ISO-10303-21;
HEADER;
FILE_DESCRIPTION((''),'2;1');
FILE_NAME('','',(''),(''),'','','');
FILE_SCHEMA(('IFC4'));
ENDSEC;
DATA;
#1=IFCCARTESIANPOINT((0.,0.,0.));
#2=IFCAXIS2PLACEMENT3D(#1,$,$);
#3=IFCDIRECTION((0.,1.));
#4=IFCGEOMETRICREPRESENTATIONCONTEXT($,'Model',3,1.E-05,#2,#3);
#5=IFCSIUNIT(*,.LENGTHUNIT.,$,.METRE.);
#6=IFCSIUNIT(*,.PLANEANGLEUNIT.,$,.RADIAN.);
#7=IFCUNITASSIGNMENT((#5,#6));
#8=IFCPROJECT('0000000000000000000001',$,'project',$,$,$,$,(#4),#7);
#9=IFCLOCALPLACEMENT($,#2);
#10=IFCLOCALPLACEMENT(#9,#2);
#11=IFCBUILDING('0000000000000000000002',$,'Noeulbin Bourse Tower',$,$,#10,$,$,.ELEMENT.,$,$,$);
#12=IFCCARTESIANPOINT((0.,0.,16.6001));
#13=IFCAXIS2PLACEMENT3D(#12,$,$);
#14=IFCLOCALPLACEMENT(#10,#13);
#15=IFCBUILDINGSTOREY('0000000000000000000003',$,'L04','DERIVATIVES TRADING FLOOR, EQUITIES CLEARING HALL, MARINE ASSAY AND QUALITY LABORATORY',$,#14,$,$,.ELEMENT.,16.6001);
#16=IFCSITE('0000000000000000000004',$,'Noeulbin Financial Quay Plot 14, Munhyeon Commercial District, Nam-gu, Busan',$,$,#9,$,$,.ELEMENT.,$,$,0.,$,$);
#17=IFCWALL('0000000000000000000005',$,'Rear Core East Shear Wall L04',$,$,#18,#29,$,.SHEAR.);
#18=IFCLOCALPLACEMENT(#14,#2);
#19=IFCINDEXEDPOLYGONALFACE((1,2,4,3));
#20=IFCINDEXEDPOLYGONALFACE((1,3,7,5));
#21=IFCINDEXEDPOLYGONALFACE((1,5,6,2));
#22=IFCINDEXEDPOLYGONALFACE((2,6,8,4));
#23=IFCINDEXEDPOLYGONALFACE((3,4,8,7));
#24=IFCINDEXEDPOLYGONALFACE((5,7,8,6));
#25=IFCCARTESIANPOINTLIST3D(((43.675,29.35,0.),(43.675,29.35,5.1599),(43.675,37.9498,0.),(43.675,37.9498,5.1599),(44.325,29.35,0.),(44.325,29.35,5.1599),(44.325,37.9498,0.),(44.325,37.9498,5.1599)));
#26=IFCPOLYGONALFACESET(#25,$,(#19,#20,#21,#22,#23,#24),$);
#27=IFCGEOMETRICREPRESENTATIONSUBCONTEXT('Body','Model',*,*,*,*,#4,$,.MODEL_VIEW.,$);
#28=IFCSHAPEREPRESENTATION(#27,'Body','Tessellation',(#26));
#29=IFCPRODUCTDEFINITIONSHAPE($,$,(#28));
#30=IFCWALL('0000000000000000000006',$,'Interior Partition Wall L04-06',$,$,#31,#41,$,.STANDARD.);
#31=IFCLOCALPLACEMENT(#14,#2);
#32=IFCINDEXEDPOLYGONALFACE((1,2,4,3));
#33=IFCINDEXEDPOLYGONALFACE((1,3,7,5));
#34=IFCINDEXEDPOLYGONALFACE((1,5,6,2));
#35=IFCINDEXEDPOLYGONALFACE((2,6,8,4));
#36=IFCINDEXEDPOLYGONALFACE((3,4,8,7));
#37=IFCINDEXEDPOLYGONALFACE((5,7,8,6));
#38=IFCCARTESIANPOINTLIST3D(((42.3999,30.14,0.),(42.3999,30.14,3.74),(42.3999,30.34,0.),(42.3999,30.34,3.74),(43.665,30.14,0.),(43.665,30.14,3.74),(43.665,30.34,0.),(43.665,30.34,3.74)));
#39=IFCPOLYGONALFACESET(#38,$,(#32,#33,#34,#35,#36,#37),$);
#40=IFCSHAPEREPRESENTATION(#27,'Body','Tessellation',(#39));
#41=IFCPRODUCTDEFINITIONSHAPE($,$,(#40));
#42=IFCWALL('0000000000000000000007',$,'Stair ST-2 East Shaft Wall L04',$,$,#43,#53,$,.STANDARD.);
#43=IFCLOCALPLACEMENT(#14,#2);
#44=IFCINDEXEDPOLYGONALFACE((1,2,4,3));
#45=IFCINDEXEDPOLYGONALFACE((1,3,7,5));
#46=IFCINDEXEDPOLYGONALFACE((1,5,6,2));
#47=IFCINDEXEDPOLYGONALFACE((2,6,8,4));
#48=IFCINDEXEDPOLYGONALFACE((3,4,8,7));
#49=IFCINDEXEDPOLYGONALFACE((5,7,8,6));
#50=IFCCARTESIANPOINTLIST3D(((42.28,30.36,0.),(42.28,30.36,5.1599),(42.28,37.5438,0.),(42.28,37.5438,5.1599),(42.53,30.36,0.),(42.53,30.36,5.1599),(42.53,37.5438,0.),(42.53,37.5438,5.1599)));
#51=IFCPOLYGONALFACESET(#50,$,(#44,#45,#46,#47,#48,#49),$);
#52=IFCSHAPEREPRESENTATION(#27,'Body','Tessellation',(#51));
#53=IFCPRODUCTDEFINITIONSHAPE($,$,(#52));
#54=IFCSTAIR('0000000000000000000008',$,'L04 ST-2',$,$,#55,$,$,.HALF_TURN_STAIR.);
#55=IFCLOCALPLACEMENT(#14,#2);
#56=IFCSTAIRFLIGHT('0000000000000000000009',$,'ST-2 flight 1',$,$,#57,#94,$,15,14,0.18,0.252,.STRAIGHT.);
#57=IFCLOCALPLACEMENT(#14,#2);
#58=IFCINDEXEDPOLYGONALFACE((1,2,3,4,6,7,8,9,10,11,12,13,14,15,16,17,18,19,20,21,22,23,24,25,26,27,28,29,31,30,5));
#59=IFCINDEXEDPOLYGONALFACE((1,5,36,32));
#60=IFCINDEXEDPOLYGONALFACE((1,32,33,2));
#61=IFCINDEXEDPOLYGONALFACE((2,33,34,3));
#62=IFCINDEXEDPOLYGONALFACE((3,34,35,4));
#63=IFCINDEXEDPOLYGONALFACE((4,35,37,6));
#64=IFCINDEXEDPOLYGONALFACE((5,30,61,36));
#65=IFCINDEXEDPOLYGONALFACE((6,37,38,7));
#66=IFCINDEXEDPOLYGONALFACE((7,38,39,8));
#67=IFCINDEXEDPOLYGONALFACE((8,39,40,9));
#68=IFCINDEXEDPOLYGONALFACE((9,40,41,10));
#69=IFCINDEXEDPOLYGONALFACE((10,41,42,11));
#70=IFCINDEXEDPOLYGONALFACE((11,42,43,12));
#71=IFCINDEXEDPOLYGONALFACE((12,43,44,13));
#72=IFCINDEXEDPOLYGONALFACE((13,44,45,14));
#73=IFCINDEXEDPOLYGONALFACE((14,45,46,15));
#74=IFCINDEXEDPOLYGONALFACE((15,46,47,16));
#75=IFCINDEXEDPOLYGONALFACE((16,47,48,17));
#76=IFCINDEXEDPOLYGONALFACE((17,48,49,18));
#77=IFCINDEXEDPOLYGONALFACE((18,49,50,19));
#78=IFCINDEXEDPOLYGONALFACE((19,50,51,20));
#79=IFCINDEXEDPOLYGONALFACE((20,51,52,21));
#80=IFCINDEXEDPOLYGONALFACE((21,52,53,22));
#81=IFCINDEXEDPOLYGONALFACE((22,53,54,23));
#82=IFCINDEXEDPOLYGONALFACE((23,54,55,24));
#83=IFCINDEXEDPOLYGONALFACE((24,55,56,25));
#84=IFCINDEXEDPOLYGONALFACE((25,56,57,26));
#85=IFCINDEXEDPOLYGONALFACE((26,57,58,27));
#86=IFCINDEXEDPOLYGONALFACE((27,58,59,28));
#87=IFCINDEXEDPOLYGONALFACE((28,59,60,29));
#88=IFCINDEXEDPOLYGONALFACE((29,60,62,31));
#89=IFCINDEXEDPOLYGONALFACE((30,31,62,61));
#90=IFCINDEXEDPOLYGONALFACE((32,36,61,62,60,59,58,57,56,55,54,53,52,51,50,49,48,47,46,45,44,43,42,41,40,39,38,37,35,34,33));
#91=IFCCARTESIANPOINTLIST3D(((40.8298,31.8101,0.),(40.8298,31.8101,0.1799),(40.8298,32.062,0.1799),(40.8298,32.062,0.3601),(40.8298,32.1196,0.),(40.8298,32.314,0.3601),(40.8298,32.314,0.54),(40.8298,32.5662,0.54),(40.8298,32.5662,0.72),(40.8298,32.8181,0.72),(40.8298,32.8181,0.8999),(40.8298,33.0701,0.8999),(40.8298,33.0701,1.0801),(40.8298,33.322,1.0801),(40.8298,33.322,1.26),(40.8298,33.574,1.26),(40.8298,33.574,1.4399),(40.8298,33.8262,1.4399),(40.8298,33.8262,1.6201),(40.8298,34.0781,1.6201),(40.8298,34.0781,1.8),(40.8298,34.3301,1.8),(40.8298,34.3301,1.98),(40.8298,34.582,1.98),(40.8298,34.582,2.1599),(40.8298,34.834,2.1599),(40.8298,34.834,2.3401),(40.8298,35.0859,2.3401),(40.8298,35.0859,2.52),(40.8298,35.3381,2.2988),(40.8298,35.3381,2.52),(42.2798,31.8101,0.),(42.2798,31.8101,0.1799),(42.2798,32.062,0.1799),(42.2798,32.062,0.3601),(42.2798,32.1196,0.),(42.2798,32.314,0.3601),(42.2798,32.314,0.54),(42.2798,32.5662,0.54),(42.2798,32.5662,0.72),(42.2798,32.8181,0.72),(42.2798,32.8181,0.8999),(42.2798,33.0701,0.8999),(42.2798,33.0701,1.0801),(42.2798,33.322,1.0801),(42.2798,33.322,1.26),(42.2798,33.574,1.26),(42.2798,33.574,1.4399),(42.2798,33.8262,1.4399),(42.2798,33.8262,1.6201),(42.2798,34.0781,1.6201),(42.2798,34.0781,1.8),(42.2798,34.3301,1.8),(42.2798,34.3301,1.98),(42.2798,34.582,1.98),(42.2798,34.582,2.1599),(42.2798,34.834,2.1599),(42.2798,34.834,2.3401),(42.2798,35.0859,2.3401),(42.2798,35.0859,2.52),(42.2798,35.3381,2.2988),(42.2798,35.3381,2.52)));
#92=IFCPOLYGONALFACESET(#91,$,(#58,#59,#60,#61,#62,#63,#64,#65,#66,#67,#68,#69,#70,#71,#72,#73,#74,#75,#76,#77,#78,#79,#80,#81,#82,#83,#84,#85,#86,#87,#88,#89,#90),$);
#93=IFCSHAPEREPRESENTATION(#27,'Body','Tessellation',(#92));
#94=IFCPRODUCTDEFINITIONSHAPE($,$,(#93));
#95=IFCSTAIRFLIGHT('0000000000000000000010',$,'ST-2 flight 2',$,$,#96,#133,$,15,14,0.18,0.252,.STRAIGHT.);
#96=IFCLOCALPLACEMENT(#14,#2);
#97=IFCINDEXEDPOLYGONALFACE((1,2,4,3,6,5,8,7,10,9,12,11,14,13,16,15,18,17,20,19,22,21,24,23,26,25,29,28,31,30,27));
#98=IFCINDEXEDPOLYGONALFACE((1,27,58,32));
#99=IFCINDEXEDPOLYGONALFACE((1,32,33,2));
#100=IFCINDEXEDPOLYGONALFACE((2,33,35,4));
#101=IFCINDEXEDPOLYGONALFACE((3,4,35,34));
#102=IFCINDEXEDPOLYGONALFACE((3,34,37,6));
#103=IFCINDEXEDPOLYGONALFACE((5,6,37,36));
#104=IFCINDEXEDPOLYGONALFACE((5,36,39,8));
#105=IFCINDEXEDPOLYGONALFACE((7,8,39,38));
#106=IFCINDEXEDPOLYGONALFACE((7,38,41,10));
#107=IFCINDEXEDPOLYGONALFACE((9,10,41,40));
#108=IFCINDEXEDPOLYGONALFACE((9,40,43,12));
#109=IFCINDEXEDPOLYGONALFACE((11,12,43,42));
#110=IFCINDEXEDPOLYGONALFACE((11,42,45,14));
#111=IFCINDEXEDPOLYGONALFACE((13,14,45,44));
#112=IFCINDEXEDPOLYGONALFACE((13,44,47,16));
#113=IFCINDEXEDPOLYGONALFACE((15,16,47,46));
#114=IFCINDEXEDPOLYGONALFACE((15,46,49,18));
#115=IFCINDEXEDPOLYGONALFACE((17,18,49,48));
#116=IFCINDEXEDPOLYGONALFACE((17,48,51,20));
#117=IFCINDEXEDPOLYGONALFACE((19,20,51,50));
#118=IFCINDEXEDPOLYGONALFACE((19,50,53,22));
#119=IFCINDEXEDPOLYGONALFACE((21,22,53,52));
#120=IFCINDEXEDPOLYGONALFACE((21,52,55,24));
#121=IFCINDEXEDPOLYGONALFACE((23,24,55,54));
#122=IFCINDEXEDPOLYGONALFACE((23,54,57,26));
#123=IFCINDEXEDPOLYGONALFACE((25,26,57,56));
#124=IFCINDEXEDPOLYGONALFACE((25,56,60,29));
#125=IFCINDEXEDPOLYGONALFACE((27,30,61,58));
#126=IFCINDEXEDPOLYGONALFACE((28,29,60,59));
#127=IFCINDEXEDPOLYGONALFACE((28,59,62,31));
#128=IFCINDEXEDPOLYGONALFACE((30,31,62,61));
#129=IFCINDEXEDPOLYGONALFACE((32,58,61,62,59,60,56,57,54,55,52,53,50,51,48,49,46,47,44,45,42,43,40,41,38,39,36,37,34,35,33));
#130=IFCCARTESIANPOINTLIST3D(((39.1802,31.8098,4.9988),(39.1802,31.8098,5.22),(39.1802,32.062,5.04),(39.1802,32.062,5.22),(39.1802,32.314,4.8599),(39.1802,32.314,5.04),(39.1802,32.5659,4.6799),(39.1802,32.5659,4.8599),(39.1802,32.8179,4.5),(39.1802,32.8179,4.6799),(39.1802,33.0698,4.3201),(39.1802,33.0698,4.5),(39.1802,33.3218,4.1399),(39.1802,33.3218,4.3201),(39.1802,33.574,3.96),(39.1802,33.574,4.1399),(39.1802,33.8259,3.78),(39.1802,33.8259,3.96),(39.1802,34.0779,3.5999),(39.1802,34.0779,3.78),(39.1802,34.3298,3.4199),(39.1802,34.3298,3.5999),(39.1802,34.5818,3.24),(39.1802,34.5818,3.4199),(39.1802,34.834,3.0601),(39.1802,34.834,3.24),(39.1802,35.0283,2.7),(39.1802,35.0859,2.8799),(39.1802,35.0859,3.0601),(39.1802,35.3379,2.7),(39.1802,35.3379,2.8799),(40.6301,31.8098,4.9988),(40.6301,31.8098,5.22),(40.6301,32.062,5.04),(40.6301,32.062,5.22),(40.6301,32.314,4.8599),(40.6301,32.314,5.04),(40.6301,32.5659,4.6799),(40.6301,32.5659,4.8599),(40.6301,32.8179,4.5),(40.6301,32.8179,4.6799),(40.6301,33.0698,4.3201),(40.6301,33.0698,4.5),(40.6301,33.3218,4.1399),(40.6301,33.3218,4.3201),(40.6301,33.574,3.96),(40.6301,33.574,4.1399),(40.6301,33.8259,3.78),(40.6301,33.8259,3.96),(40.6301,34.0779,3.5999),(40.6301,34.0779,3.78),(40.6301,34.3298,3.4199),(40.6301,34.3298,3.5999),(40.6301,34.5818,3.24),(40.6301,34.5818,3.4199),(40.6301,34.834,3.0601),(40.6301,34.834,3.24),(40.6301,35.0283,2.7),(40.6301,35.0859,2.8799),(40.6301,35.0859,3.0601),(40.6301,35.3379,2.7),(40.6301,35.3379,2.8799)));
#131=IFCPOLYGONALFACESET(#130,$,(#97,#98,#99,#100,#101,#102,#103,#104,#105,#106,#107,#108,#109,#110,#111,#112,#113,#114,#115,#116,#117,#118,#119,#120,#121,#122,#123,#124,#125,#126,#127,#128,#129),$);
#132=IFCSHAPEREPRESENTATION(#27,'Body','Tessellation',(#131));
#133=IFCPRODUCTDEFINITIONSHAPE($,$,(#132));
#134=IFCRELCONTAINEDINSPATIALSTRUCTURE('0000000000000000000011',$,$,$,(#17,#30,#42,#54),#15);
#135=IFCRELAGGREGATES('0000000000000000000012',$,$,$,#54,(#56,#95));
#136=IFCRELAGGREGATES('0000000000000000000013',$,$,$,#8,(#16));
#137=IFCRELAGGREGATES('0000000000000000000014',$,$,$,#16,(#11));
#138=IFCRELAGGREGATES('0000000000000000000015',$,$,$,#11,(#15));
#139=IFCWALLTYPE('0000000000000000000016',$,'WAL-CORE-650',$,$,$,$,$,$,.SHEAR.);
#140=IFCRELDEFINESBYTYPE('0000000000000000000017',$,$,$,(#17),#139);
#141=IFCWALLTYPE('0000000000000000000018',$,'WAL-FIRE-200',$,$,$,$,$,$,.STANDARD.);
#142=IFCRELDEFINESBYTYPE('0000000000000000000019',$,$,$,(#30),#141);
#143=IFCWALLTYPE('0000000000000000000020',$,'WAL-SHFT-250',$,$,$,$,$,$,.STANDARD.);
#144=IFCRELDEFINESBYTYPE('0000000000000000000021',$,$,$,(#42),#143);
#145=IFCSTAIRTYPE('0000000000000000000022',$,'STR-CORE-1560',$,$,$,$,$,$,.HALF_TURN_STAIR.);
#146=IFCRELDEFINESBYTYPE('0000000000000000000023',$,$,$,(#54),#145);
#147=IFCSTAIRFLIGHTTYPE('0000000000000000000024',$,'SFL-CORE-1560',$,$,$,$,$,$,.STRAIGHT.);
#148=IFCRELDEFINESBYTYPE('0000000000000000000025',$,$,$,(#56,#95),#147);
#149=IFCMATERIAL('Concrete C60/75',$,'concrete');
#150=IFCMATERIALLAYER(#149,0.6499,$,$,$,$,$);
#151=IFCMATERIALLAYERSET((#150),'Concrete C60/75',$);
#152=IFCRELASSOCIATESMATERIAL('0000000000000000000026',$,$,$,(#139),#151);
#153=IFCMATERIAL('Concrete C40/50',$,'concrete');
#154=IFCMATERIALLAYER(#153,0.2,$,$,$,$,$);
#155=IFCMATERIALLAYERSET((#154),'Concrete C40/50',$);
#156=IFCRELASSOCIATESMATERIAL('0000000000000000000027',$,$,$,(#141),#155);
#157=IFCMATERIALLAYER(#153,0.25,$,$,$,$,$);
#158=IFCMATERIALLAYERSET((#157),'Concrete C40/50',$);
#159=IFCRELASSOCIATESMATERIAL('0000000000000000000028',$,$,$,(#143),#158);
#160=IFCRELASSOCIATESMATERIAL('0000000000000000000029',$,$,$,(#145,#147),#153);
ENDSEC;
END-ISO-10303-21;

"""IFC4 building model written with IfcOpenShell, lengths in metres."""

from ifc_helpers import new_model, si_unit, direction, frame, frame_2d, origin, place, context, subcontext, project, spatial, polyline, rectangle, outline, extrude, material, layer, layer_set, type_object, element, aggregate, save


model = new_model("IFC4")

# Units and contexts
model_context = context("Model", 3, precision=1e-05, world=origin(), true_north=direction((0.0, 1.0)))
body_context = subcontext(model_context, "Body", "Model", "MODEL_VIEW")
ifc_project = project(units=[si_unit("LENGTHUNIT", "METRE"), si_unit("PLANEANGLEUNIT", "RADIAN")], contexts=[model_context])

# Site, building, storey
site_placement = place(None, origin())
site = spatial("IfcSite", under=ifc_project, at=site_placement, Name="Noeulbin Financial Quay Plot 14, Munhyeon Commercial District, Nam-gu, Busan", CompositionType="ELEMENT", RefElevation=0.0)
building_placement = place(site_placement, origin())
building = spatial("IfcBuilding", under=site, at=building_placement, Name="Noeulbin Bourse Tower", CompositionType="ELEMENT")
storey_placement = place(building_placement, frame((0.0, 0.0, 16.6001)))
storey = spatial("IfcBuildingStorey", under=building, at=storey_placement, Name="L04", Description="DERIVATIVES TRADING FLOOR, EQUITIES CLEARING HALL, MARINE ASSAY AND QUALITY LABORATORY", CompositionType="ELEMENT", Elevation=16.6001)

# Shared definitions
ifc_material_1 = material(Name="Concrete C60/75", Category="concrete")

# Walls
ifc_layer_1 = layer(ifc_material_1, 0.6499)
ifc_layer_set_1 = layer_set([ifc_layer_1], Name="Concrete C60/75")
wall_type_1 = type_object("IfcWallType", Name="WAL-CORE-650", PredefinedType="SHEAR", material=ifc_layer_set_1)
wall_1_placement = place(storey_placement, frame((44.0, 29.3501, 0.0), z_axis=(0.0, 0.0, 1.0), x_axis=(0.0, 1.0, 0.0)))
element("IfcWall", 1, at=wall_1_placement, inside=storey, type_object=wall_type_1, Name="Rear Core East Shear Wall L04", PredefinedType="SHEAR", context=body_context, shape_type="SweptSolid", body=[
    extrude(rectangle(XDim=8.5999, YDim=0.6499, at=frame_2d((4.2998, 0.0))), origin(), (0.0, 0.0, 1.0), 5.1599),
])
ifc_material_2 = material(Name="Concrete C40/50", Category="concrete")
ifc_layer_2 = layer(ifc_material_2, 0.2)
ifc_layer_set_2 = layer_set([ifc_layer_2], Name="Concrete C40/50")
wall_type_2 = type_object("IfcWallType", Name="WAL-FIRE-200", PredefinedType="STANDARD", material=ifc_layer_set_2)
wall_2_placement = place(storey_placement, frame((42.3999, 30.24, 0.0), z_axis=(0.0, 0.0, 1.0), x_axis=(1.0, 0.0, 0.0)))
element("IfcWall", 2, at=wall_2_placement, inside=storey, type_object=wall_type_2, Name="Interior Partition Wall L04-06", PredefinedType="STANDARD", context=body_context, shape_type="SweptSolid", body=[
    extrude(rectangle(XDim=1.2651, YDim=0.2, at=frame_2d((0.6326, 0.0))), origin(), (0.0, 0.0, 1.0), 3.74),
])
ifc_layer_3 = layer(ifc_material_2, 0.25)
ifc_layer_set_3 = layer_set([ifc_layer_3], Name="Concrete C40/50")
wall_type_3 = type_object("IfcWallType", Name="WAL-SHFT-250", PredefinedType="STANDARD", material=ifc_layer_set_3)
wall_3_placement = place(storey_placement, frame((42.405, 30.3601, 0.0), z_axis=(0.0, 0.0, 1.0), x_axis=(0.0, 1.0, 0.0)))
element("IfcWall", 3, at=wall_3_placement, inside=storey, type_object=wall_type_3, Name="Stair ST-2 East Shaft Wall L04", PredefinedType="STANDARD", context=body_context, shape_type="SweptSolid", body=[
    extrude(rectangle(XDim=7.1838, YDim=0.25, at=frame_2d((3.5918, 0.0))), origin(), (0.0, 0.0, 1.0), 5.1599),
])

# Stair, stair flights
stair_type = type_object("IfcStairType", Name="STR-CORE-1560", PredefinedType="HALF_TURN_STAIR", material=ifc_material_2)
stair_placement = place(storey_placement, origin())
stair = element("IfcStair", 4, at=stair_placement, inside=storey, type_object=stair_type, Name="L04 ST-2", PredefinedType="HALF_TURN_STAIR")
stair_flight_type = type_object("IfcStairFlightType", Name="SFL-CORE-1560", PredefinedType="STRAIGHT", material=ifc_material_2)
stair_flight_1_placement = place(storey_placement, frame((41.5549, 31.8101, 0.0), z_axis=(0.0, 0.0, 1.0), x_axis=(0.0, 1.0, 0.0)))
stair_flight_1 = element("IfcStairFlight", 5, at=stair_flight_1_placement, type_object=stair_flight_type, Name="ST-2 flight 1", NumberOfRisers=15, NumberOfTreads=14, PredefinedType="STRAIGHT", RiserHeight=0.18, TreadLength=0.252, context=body_context, shape_type="SweptSolid", body=[
    extrude(outline(polyline([(0.0, 0.0), (0.0, 0.1799), (0.252, 0.1799), (0.252, 0.3601), (0.5039, 0.3601), (0.5039, 0.54), (0.7561, 0.54), (0.7561, 0.72), (1.0081, 0.72), (1.0081, 0.8999), (1.26, 0.8999), (1.26, 1.0801), (1.512, 1.0801), (1.512, 1.26), (1.7639, 1.26), (1.7639, 1.4399), (2.0161, 1.4399), (2.0161, 1.6201), (2.2681, 1.6201), (2.2681, 1.8), (2.52, 1.8), (2.52, 1.98), (2.772, 1.98), (2.772, 2.1599), (3.0239, 2.1599), (3.0239, 2.3401), (3.2759, 2.3401), (3.2759, 2.52), (3.5281, 2.52), (3.5281, 2.7), (3.5281, 2.2988), (0.3096, 0.0), (0.0, 0.0)])), frame((0.0, 0.7251, 0.0), z_axis=(0.0, -1.0, 0.0), x_axis=(1.0, 0.0, 0.0)), (0.0, 0.0, 1.0), 1.45),
])
stair_flight_2_placement = place(storey_placement, frame((39.905, 35.3379, 2.7), z_axis=(0.0, 0.0, 1.0), x_axis=(0.0, -1.0, 0.0)))
stair_flight_2 = element("IfcStairFlight", 6, at=stair_flight_2_placement, type_object=stair_flight_type, Name="ST-2 flight 2", NumberOfRisers=15, NumberOfTreads=14, PredefinedType="STRAIGHT", RiserHeight=0.18, TreadLength=0.252, context=body_context, shape_type="SweptSolid", body=[
    extrude(outline(polyline([(0.0, 0.0), (0.0, 0.1799), (0.252, 0.1799), (0.252, 0.3601), (0.5039, 0.3601), (0.5039, 0.54), (0.7561, 0.54), (0.7561, 0.72), (1.0081, 0.72), (1.0081, 0.8999), (1.26, 0.8999), (1.26, 1.0801), (1.512, 1.0801), (1.512, 1.26), (1.7639, 1.26), (1.7639, 1.4399), (2.0161, 1.4399), (2.0161, 1.6201), (2.2681, 1.6201), (2.2681, 1.8), (2.52, 1.8), (2.52, 1.98), (2.772, 1.98), (2.772, 2.1599), (3.0239, 2.1599), (3.0239, 2.3401), (3.2759, 2.3401), (3.2759, 2.52), (3.5281, 2.52), (3.5281, 2.7), (3.5281, 2.2988), (0.3096, 0.0), (0.0, 0.0)])), frame((0.0, 0.7251, 0.0), z_axis=(0.0, -1.0, 0.0), x_axis=(1.0, 0.0, 0.0)), (0.0, 0.0, 1.0), 1.45),
])
aggregate(stair, [stair_flight_1, stair_flight_2])

save(model, "model.ifc")
